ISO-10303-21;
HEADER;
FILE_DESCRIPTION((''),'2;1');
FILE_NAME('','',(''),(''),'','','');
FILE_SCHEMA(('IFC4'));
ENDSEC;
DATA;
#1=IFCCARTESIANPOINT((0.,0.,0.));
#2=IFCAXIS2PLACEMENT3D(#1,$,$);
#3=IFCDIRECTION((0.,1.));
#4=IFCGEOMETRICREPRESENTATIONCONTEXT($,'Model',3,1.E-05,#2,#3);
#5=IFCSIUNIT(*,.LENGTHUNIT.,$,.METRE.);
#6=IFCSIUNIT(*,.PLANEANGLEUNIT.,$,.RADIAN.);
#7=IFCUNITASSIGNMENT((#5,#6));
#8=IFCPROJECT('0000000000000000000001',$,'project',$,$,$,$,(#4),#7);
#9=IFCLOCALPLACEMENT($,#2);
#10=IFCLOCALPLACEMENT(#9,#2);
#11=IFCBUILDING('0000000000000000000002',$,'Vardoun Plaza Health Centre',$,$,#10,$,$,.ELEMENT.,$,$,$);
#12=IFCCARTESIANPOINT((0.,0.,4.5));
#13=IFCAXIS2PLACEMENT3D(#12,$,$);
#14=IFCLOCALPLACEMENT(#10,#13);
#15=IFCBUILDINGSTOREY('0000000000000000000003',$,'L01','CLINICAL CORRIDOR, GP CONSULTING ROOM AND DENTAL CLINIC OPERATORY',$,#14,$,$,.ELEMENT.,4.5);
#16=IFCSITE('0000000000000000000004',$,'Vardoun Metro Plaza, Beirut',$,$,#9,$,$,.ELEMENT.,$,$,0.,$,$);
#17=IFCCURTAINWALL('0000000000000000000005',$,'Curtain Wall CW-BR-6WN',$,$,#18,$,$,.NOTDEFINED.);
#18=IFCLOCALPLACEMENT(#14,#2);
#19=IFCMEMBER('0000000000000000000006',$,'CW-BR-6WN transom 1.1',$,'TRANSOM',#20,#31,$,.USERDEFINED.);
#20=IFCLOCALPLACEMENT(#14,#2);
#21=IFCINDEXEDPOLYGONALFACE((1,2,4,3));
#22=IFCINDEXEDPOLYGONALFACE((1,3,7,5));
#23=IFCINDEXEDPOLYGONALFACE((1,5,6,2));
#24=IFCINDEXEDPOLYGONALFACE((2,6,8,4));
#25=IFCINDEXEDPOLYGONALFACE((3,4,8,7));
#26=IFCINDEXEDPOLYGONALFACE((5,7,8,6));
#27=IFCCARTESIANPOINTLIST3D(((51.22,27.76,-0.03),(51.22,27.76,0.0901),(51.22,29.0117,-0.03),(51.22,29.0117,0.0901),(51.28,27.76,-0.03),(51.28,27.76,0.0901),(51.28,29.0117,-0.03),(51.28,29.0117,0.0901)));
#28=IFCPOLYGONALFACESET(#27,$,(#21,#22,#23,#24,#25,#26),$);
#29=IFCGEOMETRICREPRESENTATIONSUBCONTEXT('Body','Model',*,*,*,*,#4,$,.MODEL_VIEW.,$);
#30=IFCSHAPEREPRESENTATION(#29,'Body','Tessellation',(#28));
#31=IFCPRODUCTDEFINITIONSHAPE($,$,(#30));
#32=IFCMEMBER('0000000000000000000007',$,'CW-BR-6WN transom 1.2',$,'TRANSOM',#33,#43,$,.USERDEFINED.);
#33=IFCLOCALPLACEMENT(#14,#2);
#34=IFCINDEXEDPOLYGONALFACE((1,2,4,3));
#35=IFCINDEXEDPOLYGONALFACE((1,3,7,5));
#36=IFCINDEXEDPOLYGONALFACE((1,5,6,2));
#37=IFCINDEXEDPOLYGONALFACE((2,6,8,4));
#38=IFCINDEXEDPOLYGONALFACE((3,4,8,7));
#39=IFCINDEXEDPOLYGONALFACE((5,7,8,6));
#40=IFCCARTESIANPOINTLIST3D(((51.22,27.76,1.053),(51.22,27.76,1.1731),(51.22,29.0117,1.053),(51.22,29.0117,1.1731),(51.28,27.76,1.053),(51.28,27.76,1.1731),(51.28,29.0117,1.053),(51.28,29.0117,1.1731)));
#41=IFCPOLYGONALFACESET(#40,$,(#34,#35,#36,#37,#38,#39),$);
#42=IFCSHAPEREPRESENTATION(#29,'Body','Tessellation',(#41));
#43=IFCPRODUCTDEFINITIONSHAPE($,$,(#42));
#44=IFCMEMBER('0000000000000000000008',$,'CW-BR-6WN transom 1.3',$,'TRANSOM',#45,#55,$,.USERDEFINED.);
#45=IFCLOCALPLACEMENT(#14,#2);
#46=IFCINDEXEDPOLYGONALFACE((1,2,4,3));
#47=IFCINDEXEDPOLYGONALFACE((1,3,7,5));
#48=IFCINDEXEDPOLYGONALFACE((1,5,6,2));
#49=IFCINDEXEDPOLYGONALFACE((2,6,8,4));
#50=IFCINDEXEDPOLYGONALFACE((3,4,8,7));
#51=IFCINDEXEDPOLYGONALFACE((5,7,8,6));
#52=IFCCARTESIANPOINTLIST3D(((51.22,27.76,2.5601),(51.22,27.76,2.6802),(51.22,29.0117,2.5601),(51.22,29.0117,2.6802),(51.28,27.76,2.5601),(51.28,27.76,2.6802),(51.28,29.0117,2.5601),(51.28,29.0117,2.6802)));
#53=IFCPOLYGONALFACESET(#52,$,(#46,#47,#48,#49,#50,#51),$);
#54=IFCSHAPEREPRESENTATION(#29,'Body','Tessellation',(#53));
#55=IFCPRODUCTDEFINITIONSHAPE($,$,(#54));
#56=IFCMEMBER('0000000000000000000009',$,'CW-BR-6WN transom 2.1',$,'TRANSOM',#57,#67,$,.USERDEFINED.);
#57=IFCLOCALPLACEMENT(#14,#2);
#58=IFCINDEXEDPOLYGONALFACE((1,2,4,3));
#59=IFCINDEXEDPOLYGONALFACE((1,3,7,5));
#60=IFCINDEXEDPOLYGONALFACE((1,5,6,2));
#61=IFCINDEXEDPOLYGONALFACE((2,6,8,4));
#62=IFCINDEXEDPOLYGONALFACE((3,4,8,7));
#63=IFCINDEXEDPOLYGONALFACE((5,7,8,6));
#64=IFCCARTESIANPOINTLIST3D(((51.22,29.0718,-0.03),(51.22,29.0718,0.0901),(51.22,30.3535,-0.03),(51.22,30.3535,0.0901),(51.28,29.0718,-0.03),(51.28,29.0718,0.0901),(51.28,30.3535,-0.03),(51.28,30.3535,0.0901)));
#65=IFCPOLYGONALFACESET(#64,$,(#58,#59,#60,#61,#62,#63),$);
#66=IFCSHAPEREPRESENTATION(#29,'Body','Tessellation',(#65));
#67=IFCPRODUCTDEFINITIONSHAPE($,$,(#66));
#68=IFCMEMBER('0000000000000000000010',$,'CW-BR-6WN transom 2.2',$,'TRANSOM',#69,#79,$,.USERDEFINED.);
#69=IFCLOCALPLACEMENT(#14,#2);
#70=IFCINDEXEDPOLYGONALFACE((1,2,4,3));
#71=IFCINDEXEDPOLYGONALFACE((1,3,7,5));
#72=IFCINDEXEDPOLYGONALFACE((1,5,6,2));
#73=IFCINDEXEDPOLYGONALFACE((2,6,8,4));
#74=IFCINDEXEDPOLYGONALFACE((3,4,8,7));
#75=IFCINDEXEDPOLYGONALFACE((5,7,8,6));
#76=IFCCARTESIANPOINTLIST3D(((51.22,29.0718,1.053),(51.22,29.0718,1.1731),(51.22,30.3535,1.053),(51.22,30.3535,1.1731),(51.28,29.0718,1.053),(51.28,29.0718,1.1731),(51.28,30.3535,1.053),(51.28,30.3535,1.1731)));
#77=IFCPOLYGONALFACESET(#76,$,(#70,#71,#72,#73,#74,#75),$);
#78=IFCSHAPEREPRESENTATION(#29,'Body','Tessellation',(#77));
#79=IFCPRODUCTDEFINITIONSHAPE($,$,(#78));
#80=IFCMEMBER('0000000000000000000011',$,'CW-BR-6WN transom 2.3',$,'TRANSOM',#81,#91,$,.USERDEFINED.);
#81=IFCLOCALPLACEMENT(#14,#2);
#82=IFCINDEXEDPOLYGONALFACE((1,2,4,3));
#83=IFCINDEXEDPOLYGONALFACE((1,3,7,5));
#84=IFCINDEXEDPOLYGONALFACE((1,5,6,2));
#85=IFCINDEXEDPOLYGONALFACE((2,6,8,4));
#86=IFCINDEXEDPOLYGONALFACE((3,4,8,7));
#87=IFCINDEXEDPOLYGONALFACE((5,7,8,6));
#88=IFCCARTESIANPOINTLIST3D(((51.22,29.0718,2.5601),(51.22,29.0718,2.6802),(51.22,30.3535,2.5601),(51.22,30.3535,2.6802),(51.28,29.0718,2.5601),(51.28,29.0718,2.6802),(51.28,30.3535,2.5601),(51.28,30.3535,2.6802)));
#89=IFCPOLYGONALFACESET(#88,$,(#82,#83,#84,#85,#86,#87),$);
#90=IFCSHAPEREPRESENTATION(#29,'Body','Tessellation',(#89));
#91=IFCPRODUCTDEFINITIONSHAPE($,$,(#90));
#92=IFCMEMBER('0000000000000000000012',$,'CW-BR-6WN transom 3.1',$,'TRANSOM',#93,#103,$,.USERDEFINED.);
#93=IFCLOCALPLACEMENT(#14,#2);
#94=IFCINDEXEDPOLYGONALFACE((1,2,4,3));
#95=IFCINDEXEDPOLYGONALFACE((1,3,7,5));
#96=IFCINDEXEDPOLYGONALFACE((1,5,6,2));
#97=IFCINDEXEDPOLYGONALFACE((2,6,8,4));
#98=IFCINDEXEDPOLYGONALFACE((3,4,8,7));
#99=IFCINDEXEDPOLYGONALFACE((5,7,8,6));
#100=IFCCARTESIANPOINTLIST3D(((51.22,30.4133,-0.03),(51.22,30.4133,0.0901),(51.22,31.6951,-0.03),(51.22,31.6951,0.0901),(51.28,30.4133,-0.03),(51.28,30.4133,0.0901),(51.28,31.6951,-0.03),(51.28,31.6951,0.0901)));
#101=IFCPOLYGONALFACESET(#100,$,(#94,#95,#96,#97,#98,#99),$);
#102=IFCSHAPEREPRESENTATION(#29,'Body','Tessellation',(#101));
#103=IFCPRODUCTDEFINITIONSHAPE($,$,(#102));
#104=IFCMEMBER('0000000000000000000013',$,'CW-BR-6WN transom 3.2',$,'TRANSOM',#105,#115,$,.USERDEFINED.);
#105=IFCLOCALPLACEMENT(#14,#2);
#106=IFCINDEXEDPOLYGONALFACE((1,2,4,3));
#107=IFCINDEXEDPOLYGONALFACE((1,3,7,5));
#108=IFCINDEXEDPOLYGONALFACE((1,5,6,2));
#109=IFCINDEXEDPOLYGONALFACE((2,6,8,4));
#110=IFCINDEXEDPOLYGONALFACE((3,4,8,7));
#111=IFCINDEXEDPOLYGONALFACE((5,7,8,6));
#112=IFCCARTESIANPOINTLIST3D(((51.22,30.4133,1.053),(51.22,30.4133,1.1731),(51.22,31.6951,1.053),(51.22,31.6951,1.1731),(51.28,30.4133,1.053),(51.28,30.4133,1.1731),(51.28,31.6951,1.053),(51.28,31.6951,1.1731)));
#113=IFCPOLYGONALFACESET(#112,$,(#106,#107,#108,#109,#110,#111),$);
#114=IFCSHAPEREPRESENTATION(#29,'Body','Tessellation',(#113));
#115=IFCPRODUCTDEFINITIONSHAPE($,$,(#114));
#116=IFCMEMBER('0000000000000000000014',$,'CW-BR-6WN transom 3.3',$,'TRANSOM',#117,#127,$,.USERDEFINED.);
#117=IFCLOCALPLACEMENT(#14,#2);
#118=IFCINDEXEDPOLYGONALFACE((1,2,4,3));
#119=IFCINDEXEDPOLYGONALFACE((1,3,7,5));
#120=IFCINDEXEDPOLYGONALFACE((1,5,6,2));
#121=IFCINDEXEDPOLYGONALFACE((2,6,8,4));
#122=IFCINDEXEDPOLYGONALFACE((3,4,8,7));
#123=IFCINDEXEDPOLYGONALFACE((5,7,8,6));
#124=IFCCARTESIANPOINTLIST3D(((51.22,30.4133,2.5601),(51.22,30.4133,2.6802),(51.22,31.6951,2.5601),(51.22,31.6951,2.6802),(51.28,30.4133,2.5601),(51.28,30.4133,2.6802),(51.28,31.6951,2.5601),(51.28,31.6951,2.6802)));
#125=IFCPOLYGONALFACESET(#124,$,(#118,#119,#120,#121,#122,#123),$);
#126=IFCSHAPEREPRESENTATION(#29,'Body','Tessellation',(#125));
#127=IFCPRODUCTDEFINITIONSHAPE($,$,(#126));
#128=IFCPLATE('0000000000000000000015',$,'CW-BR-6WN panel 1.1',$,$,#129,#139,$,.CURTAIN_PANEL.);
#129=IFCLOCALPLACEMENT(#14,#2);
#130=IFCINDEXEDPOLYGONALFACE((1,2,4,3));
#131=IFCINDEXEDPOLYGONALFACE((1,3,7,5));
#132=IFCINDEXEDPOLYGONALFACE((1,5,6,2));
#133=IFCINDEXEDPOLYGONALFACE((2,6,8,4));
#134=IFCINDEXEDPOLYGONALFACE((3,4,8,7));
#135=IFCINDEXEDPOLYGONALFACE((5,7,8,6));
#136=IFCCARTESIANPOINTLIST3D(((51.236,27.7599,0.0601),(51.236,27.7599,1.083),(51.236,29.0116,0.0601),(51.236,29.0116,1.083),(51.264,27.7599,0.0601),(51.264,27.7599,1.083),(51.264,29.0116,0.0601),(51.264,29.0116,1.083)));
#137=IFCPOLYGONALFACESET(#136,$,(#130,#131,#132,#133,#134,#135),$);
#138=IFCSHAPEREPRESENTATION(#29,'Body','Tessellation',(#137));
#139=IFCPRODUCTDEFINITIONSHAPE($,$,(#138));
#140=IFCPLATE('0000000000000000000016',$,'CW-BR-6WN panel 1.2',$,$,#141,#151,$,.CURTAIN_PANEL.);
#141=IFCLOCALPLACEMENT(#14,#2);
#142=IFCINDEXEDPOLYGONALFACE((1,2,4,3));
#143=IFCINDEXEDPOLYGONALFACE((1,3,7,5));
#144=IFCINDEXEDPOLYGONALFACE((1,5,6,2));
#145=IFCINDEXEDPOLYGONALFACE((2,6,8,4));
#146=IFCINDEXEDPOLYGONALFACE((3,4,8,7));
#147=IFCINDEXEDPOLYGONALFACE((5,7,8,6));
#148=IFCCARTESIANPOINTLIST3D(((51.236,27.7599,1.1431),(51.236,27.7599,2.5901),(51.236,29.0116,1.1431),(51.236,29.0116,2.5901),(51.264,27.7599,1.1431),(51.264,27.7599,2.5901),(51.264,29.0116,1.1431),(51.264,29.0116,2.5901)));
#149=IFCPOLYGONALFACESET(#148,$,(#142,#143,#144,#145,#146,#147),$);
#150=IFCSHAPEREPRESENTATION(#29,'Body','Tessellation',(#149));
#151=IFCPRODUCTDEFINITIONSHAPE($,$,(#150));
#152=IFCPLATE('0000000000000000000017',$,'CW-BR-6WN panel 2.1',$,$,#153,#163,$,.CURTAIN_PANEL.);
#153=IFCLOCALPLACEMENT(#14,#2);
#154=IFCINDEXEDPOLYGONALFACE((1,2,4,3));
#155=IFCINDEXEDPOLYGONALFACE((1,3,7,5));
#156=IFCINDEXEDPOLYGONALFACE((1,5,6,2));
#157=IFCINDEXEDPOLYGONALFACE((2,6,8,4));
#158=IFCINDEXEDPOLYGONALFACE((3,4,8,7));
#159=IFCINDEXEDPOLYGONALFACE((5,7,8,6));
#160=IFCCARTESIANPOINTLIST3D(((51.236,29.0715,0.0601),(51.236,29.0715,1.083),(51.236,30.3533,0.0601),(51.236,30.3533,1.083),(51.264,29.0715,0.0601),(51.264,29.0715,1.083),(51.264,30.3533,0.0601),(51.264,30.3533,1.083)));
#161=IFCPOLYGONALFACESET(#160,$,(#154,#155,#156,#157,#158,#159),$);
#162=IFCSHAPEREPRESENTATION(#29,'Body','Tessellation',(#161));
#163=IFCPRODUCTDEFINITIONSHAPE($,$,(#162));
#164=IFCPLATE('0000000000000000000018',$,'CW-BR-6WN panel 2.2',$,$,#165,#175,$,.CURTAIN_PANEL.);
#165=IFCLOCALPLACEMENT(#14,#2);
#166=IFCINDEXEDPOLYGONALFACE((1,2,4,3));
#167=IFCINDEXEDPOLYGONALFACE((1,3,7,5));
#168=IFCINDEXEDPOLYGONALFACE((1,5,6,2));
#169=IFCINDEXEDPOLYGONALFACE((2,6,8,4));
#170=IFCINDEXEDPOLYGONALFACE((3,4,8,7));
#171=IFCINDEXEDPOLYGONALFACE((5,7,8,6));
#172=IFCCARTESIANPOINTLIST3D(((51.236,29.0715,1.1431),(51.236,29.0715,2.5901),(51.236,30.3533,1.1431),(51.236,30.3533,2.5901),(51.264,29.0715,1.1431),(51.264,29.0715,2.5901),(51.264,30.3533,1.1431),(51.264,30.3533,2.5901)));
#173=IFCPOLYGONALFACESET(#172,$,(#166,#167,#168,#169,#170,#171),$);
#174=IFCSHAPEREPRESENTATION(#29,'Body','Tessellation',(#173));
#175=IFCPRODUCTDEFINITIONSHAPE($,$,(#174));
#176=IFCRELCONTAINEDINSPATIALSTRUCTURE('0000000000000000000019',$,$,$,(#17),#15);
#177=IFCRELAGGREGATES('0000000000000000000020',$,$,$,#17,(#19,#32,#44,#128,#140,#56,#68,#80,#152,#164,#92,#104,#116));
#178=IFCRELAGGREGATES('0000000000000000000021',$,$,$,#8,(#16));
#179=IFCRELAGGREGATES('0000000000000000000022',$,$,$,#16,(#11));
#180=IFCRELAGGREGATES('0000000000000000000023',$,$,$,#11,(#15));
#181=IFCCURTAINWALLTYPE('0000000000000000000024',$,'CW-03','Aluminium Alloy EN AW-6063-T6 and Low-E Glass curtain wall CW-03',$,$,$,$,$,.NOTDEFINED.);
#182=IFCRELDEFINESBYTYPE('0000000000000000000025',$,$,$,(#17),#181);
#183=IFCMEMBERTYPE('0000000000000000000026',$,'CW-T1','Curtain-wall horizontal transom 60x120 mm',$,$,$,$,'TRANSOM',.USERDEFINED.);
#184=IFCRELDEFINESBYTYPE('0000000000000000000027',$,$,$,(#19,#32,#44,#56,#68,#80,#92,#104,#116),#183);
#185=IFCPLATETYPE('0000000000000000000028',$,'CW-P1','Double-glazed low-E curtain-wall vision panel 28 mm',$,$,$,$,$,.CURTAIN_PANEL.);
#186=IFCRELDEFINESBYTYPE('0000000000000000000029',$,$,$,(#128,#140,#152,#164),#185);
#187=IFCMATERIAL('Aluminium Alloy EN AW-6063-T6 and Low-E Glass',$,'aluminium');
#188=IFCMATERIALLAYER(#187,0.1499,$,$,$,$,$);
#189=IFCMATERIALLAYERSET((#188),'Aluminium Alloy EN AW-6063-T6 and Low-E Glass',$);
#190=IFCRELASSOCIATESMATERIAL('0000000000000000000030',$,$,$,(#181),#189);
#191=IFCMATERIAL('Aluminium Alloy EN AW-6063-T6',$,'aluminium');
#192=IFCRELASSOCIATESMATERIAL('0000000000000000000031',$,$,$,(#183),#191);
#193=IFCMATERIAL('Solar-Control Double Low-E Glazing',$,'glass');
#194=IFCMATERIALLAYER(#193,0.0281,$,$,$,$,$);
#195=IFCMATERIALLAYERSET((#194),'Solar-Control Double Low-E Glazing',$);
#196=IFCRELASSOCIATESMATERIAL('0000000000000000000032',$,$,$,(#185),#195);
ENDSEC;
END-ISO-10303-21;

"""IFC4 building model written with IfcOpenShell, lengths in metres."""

from ifc_helpers import new_model, si_unit, direction, frame, origin, origin_2d, place, context, subcontext, project, spatial, rectangle, extrude, material, layer, layer_set, material_profile, profile_set, type_object, element, aggregate, save


model = new_model("IFC4")

# Units and contexts
model_context = context("Model", 3, precision=1e-05, world=origin(), true_north=direction((0.0, 1.0)))
body_context = subcontext(model_context, "Body", "Model", "MODEL_VIEW")
ifc_project = project(units=[si_unit("LENGTHUNIT", "METRE"), si_unit("PLANEANGLEUNIT", "RADIAN")], contexts=[model_context])

# Site, building, storey
site_placement = place(None, origin())
site = spatial("IfcSite", under=ifc_project, at=site_placement, Name="Vardoun Metro Plaza, Beirut", CompositionType="ELEMENT", RefElevation=0.0)
building_placement = place(site_placement, origin())
building = spatial("IfcBuilding", under=site, at=building_placement, Name="Vardoun Plaza Health Centre", CompositionType="ELEMENT")
storey_placement = place(building_placement, frame((0.0, 0.0, 4.5)))
storey = spatial("IfcBuildingStorey", under=building, at=storey_placement, Name="L01", Description="CLINICAL CORRIDOR, GP CONSULTING ROOM AND DENTAL CLINIC OPERATORY", CompositionType="ELEMENT", Elevation=4.5)

# Shared definitions
ifc_material_1 = material(Name="Aluminium Alloy EN AW-6063-T6 and Low-E Glass", Category="aluminium")
ifc_layer_1 = layer(ifc_material_1, 0.1499)
ifc_layer_set_1 = layer_set([ifc_layer_1], Name="Aluminium Alloy EN AW-6063-T6 and Low-E Glass")
curtain_wall_type = type_object("IfcCurtainWallType", Name="CW-03", Description="Aluminium Alloy EN AW-6063-T6 and Low-E Glass curtain wall CW-03", PredefinedType="NOTDEFINED", material=ifc_layer_set_1)

# Curtain wall
curtain_wall_1_placement = place(storey_placement, origin())
curtain_wall_1 = element("IfcCurtainWall", 1, at=curtain_wall_1_placement, inside=storey, type_object=curtain_wall_type, Name="Curtain Wall CW-BR-6WN", PredefinedType="NOTDEFINED")

# Members
ifc_material_2 = material(Name="Aluminium Alloy EN AW-6063-T6", Category="aluminium")
ifc_material_profile_1 = material_profile(ifc_material_2, rectangle(XDim=0.0601, YDim=0.1201, at=origin_2d()), Name="CWT 60x120")
ifc_profile_set_1 = profile_set([ifc_material_profile_1], Name="Aluminium Alloy EN AW-6063-T6")
member_type_1 = type_object("IfcMemberType", Name="CW-T1", Description="Curtain-wall horizontal transom 60x120 mm", ElementType="TRANSOM", PredefinedType="USERDEFINED", material=ifc_profile_set_1)
member_1_placement = place(storey_placement, frame((51.25, 27.76, 0.03), z_axis=(0.0, 1.0, 0.0), x_axis=(-1.0, 0.0, 0.0)))
member_1 = element("IfcMember", 2, at=member_1_placement, type_object=member_type_1, Name="CW-BR-6WN transom 1.1", ObjectType="TRANSOM", PredefinedType="USERDEFINED", context=body_context, shape_type="SweptSolid", body=[
    extrude(rectangle(XDim=0.0601, YDim=0.1201, at=origin_2d()), origin(), (0.0, 0.0, 1.0), 1.2517),
])
member_2_placement = place(storey_placement, frame((51.25, 27.76, 1.113), z_axis=(0.0, 1.0, 0.0), x_axis=(-1.0, 0.0, 0.0)))
member_2 = element("IfcMember", 3, at=member_2_placement, type_object=member_type_1, Name="CW-BR-6WN transom 1.2", ObjectType="TRANSOM", PredefinedType="USERDEFINED", context=body_context, shape_type="SweptSolid", body=[
    extrude(rectangle(XDim=0.0601, YDim=0.1201, at=origin_2d()), origin(), (0.0, 0.0, 1.0), 1.2517),
])
member_3_placement = place(storey_placement, frame((51.25, 27.76, 2.6201), z_axis=(0.0, 1.0, 0.0), x_axis=(-1.0, 0.0, 0.0)))
member_3 = element("IfcMember", 4, at=member_3_placement, type_object=member_type_1, Name="CW-BR-6WN transom 1.3", ObjectType="TRANSOM", PredefinedType="USERDEFINED", context=body_context, shape_type="SweptSolid", body=[
    extrude(rectangle(XDim=0.0601, YDim=0.1201, at=origin_2d()), origin(), (0.0, 0.0, 1.0), 1.2517),
])
member_4_placement = place(storey_placement, frame((51.25, 29.0718, 0.03), z_axis=(0.0, 1.0, 0.0), x_axis=(-1.0, 0.0, 0.0)))
member_4 = element("IfcMember", 5, at=member_4_placement, type_object=member_type_1, Name="CW-BR-6WN transom 2.1", ObjectType="TRANSOM", PredefinedType="USERDEFINED", context=body_context, shape_type="SweptSolid", body=[
    extrude(rectangle(XDim=0.0601, YDim=0.1201, at=origin_2d()), origin(), (0.0, 0.0, 1.0), 1.2817),
])
member_5_placement = place(storey_placement, frame((51.25, 29.0718, 1.113), z_axis=(0.0, 1.0, 0.0), x_axis=(-1.0, 0.0, 0.0)))
member_5 = element("IfcMember", 6, at=member_5_placement, type_object=member_type_1, Name="CW-BR-6WN transom 2.2", ObjectType="TRANSOM", PredefinedType="USERDEFINED", context=body_context, shape_type="SweptSolid", body=[
    extrude(rectangle(XDim=0.0601, YDim=0.1201, at=origin_2d()), origin(), (0.0, 0.0, 1.0), 1.2817),
])
member_6_placement = place(storey_placement, frame((51.25, 29.0718, 2.6201), z_axis=(0.0, 1.0, 0.0), x_axis=(-1.0, 0.0, 0.0)))
member_6 = element("IfcMember", 7, at=member_6_placement, type_object=member_type_1, Name="CW-BR-6WN transom 2.3", ObjectType="TRANSOM", PredefinedType="USERDEFINED", context=body_context, shape_type="SweptSolid", body=[
    extrude(rectangle(XDim=0.0601, YDim=0.1201, at=origin_2d()), origin(), (0.0, 0.0, 1.0), 1.2817),
])
member_7_placement = place(storey_placement, frame((51.25, 30.4133, 0.03), z_axis=(0.0, 1.0, 0.0), x_axis=(-1.0, 0.0, 0.0)))
member_7 = element("IfcMember", 8, at=member_7_placement, type_object=member_type_1, Name="CW-BR-6WN transom 3.1", ObjectType="TRANSOM", PredefinedType="USERDEFINED", context=body_context, shape_type="SweptSolid", body=[
    extrude(rectangle(XDim=0.0601, YDim=0.1201, at=origin_2d()), origin(), (0.0, 0.0, 1.0), 1.2817),
])
member_8_placement = place(storey_placement, frame((51.25, 30.4133, 1.113), z_axis=(0.0, 1.0, 0.0), x_axis=(-1.0, 0.0, 0.0)))
member_8 = element("IfcMember", 9, at=member_8_placement, type_object=member_type_1, Name="CW-BR-6WN transom 3.2", ObjectType="TRANSOM", PredefinedType="USERDEFINED", context=body_context, shape_type="SweptSolid", body=[
    extrude(rectangle(XDim=0.0601, YDim=0.1201, at=origin_2d()), origin(), (0.0, 0.0, 1.0), 1.2817),
])
member_9_placement = place(storey_placement, frame((51.25, 30.4133, 2.6201), z_axis=(0.0, 1.0, 0.0), x_axis=(-1.0, 0.0, 0.0)))
member_9 = element("IfcMember", 10, at=member_9_placement, type_object=member_type_1, Name="CW-BR-6WN transom 3.3", ObjectType="TRANSOM", PredefinedType="USERDEFINED", context=body_context, shape_type="SweptSolid", body=[
    extrude(rectangle(XDim=0.0601, YDim=0.1201, at=origin_2d()), origin(), (0.0, 0.0, 1.0), 1.2817),
])

# Plates
ifc_material_3 = material(Name="Solar-Control Double Low-E Glazing", Category="glass")
ifc_layer_2 = layer(ifc_material_3, 0.0281)
ifc_layer_set_2 = layer_set([ifc_layer_2], Name="Solar-Control Double Low-E Glazing")
plate_type = type_object("IfcPlateType", Name="CW-P1", Description="Double-glazed low-E curtain-wall vision panel 28 mm", PredefinedType="CURTAIN_PANEL", material=ifc_layer_set_2)
plate_1_placement = place(storey_placement, frame((51.25, 28.3857, 0.0601), z_axis=(0.0, 0.0, 1.0), x_axis=(0.0, 1.0, 0.0)))
plate_1 = element("IfcPlate", 11, at=plate_1_placement, type_object=plate_type, Name="CW-BR-6WN panel 1.1", PredefinedType="CURTAIN_PANEL", context=body_context, shape_type="SweptSolid", body=[
    extrude(rectangle(XDim=1.2517, YDim=0.0281, at=origin_2d()), origin(), (0.0, 0.0, 1.0), 1.0229),
])
plate_2_placement = place(storey_placement, frame((51.25, 28.3857, 1.1431), z_axis=(0.0, 0.0, 1.0), x_axis=(0.0, 1.0, 0.0)))
plate_2 = element("IfcPlate", 12, at=plate_2_placement, type_object=plate_type, Name="CW-BR-6WN panel 1.2", PredefinedType="CURTAIN_PANEL", context=body_context, shape_type="SweptSolid", body=[
    extrude(rectangle(XDim=1.2517, YDim=0.0281, at=origin_2d()), origin(), (0.0, 0.0, 1.0), 1.447),
])
plate_3_placement = place(storey_placement, frame((51.25, 29.7124, 0.0601), z_axis=(0.0, 0.0, 1.0), x_axis=(0.0, 1.0, 0.0)))
plate_3 = element("IfcPlate", 13, at=plate_3_placement, type_object=plate_type, Name="CW-BR-6WN panel 2.1", PredefinedType="CURTAIN_PANEL", context=body_context, shape_type="SweptSolid", body=[
    extrude(rectangle(XDim=1.2817, YDim=0.0281, at=origin_2d()), origin(), (0.0, 0.0, 1.0), 1.0229),
])
plate_4_placement = place(storey_placement, frame((51.25, 29.7124, 1.1431), z_axis=(0.0, 0.0, 1.0), x_axis=(0.0, 1.0, 0.0)))
plate_4 = element("IfcPlate", 14, at=plate_4_placement, type_object=plate_type, Name="CW-BR-6WN panel 2.2", PredefinedType="CURTAIN_PANEL", context=body_context, shape_type="SweptSolid", body=[
    extrude(rectangle(XDim=1.2817, YDim=0.0281, at=origin_2d()), origin(), (0.0, 0.0, 1.0), 1.447),
])
aggregate(curtain_wall_1, [member_1, member_2, member_3, plate_1, plate_2, member_4, member_5, member_6, plate_3, plate_4, member_7, member_8, member_9])

save(model, "model.ifc")
